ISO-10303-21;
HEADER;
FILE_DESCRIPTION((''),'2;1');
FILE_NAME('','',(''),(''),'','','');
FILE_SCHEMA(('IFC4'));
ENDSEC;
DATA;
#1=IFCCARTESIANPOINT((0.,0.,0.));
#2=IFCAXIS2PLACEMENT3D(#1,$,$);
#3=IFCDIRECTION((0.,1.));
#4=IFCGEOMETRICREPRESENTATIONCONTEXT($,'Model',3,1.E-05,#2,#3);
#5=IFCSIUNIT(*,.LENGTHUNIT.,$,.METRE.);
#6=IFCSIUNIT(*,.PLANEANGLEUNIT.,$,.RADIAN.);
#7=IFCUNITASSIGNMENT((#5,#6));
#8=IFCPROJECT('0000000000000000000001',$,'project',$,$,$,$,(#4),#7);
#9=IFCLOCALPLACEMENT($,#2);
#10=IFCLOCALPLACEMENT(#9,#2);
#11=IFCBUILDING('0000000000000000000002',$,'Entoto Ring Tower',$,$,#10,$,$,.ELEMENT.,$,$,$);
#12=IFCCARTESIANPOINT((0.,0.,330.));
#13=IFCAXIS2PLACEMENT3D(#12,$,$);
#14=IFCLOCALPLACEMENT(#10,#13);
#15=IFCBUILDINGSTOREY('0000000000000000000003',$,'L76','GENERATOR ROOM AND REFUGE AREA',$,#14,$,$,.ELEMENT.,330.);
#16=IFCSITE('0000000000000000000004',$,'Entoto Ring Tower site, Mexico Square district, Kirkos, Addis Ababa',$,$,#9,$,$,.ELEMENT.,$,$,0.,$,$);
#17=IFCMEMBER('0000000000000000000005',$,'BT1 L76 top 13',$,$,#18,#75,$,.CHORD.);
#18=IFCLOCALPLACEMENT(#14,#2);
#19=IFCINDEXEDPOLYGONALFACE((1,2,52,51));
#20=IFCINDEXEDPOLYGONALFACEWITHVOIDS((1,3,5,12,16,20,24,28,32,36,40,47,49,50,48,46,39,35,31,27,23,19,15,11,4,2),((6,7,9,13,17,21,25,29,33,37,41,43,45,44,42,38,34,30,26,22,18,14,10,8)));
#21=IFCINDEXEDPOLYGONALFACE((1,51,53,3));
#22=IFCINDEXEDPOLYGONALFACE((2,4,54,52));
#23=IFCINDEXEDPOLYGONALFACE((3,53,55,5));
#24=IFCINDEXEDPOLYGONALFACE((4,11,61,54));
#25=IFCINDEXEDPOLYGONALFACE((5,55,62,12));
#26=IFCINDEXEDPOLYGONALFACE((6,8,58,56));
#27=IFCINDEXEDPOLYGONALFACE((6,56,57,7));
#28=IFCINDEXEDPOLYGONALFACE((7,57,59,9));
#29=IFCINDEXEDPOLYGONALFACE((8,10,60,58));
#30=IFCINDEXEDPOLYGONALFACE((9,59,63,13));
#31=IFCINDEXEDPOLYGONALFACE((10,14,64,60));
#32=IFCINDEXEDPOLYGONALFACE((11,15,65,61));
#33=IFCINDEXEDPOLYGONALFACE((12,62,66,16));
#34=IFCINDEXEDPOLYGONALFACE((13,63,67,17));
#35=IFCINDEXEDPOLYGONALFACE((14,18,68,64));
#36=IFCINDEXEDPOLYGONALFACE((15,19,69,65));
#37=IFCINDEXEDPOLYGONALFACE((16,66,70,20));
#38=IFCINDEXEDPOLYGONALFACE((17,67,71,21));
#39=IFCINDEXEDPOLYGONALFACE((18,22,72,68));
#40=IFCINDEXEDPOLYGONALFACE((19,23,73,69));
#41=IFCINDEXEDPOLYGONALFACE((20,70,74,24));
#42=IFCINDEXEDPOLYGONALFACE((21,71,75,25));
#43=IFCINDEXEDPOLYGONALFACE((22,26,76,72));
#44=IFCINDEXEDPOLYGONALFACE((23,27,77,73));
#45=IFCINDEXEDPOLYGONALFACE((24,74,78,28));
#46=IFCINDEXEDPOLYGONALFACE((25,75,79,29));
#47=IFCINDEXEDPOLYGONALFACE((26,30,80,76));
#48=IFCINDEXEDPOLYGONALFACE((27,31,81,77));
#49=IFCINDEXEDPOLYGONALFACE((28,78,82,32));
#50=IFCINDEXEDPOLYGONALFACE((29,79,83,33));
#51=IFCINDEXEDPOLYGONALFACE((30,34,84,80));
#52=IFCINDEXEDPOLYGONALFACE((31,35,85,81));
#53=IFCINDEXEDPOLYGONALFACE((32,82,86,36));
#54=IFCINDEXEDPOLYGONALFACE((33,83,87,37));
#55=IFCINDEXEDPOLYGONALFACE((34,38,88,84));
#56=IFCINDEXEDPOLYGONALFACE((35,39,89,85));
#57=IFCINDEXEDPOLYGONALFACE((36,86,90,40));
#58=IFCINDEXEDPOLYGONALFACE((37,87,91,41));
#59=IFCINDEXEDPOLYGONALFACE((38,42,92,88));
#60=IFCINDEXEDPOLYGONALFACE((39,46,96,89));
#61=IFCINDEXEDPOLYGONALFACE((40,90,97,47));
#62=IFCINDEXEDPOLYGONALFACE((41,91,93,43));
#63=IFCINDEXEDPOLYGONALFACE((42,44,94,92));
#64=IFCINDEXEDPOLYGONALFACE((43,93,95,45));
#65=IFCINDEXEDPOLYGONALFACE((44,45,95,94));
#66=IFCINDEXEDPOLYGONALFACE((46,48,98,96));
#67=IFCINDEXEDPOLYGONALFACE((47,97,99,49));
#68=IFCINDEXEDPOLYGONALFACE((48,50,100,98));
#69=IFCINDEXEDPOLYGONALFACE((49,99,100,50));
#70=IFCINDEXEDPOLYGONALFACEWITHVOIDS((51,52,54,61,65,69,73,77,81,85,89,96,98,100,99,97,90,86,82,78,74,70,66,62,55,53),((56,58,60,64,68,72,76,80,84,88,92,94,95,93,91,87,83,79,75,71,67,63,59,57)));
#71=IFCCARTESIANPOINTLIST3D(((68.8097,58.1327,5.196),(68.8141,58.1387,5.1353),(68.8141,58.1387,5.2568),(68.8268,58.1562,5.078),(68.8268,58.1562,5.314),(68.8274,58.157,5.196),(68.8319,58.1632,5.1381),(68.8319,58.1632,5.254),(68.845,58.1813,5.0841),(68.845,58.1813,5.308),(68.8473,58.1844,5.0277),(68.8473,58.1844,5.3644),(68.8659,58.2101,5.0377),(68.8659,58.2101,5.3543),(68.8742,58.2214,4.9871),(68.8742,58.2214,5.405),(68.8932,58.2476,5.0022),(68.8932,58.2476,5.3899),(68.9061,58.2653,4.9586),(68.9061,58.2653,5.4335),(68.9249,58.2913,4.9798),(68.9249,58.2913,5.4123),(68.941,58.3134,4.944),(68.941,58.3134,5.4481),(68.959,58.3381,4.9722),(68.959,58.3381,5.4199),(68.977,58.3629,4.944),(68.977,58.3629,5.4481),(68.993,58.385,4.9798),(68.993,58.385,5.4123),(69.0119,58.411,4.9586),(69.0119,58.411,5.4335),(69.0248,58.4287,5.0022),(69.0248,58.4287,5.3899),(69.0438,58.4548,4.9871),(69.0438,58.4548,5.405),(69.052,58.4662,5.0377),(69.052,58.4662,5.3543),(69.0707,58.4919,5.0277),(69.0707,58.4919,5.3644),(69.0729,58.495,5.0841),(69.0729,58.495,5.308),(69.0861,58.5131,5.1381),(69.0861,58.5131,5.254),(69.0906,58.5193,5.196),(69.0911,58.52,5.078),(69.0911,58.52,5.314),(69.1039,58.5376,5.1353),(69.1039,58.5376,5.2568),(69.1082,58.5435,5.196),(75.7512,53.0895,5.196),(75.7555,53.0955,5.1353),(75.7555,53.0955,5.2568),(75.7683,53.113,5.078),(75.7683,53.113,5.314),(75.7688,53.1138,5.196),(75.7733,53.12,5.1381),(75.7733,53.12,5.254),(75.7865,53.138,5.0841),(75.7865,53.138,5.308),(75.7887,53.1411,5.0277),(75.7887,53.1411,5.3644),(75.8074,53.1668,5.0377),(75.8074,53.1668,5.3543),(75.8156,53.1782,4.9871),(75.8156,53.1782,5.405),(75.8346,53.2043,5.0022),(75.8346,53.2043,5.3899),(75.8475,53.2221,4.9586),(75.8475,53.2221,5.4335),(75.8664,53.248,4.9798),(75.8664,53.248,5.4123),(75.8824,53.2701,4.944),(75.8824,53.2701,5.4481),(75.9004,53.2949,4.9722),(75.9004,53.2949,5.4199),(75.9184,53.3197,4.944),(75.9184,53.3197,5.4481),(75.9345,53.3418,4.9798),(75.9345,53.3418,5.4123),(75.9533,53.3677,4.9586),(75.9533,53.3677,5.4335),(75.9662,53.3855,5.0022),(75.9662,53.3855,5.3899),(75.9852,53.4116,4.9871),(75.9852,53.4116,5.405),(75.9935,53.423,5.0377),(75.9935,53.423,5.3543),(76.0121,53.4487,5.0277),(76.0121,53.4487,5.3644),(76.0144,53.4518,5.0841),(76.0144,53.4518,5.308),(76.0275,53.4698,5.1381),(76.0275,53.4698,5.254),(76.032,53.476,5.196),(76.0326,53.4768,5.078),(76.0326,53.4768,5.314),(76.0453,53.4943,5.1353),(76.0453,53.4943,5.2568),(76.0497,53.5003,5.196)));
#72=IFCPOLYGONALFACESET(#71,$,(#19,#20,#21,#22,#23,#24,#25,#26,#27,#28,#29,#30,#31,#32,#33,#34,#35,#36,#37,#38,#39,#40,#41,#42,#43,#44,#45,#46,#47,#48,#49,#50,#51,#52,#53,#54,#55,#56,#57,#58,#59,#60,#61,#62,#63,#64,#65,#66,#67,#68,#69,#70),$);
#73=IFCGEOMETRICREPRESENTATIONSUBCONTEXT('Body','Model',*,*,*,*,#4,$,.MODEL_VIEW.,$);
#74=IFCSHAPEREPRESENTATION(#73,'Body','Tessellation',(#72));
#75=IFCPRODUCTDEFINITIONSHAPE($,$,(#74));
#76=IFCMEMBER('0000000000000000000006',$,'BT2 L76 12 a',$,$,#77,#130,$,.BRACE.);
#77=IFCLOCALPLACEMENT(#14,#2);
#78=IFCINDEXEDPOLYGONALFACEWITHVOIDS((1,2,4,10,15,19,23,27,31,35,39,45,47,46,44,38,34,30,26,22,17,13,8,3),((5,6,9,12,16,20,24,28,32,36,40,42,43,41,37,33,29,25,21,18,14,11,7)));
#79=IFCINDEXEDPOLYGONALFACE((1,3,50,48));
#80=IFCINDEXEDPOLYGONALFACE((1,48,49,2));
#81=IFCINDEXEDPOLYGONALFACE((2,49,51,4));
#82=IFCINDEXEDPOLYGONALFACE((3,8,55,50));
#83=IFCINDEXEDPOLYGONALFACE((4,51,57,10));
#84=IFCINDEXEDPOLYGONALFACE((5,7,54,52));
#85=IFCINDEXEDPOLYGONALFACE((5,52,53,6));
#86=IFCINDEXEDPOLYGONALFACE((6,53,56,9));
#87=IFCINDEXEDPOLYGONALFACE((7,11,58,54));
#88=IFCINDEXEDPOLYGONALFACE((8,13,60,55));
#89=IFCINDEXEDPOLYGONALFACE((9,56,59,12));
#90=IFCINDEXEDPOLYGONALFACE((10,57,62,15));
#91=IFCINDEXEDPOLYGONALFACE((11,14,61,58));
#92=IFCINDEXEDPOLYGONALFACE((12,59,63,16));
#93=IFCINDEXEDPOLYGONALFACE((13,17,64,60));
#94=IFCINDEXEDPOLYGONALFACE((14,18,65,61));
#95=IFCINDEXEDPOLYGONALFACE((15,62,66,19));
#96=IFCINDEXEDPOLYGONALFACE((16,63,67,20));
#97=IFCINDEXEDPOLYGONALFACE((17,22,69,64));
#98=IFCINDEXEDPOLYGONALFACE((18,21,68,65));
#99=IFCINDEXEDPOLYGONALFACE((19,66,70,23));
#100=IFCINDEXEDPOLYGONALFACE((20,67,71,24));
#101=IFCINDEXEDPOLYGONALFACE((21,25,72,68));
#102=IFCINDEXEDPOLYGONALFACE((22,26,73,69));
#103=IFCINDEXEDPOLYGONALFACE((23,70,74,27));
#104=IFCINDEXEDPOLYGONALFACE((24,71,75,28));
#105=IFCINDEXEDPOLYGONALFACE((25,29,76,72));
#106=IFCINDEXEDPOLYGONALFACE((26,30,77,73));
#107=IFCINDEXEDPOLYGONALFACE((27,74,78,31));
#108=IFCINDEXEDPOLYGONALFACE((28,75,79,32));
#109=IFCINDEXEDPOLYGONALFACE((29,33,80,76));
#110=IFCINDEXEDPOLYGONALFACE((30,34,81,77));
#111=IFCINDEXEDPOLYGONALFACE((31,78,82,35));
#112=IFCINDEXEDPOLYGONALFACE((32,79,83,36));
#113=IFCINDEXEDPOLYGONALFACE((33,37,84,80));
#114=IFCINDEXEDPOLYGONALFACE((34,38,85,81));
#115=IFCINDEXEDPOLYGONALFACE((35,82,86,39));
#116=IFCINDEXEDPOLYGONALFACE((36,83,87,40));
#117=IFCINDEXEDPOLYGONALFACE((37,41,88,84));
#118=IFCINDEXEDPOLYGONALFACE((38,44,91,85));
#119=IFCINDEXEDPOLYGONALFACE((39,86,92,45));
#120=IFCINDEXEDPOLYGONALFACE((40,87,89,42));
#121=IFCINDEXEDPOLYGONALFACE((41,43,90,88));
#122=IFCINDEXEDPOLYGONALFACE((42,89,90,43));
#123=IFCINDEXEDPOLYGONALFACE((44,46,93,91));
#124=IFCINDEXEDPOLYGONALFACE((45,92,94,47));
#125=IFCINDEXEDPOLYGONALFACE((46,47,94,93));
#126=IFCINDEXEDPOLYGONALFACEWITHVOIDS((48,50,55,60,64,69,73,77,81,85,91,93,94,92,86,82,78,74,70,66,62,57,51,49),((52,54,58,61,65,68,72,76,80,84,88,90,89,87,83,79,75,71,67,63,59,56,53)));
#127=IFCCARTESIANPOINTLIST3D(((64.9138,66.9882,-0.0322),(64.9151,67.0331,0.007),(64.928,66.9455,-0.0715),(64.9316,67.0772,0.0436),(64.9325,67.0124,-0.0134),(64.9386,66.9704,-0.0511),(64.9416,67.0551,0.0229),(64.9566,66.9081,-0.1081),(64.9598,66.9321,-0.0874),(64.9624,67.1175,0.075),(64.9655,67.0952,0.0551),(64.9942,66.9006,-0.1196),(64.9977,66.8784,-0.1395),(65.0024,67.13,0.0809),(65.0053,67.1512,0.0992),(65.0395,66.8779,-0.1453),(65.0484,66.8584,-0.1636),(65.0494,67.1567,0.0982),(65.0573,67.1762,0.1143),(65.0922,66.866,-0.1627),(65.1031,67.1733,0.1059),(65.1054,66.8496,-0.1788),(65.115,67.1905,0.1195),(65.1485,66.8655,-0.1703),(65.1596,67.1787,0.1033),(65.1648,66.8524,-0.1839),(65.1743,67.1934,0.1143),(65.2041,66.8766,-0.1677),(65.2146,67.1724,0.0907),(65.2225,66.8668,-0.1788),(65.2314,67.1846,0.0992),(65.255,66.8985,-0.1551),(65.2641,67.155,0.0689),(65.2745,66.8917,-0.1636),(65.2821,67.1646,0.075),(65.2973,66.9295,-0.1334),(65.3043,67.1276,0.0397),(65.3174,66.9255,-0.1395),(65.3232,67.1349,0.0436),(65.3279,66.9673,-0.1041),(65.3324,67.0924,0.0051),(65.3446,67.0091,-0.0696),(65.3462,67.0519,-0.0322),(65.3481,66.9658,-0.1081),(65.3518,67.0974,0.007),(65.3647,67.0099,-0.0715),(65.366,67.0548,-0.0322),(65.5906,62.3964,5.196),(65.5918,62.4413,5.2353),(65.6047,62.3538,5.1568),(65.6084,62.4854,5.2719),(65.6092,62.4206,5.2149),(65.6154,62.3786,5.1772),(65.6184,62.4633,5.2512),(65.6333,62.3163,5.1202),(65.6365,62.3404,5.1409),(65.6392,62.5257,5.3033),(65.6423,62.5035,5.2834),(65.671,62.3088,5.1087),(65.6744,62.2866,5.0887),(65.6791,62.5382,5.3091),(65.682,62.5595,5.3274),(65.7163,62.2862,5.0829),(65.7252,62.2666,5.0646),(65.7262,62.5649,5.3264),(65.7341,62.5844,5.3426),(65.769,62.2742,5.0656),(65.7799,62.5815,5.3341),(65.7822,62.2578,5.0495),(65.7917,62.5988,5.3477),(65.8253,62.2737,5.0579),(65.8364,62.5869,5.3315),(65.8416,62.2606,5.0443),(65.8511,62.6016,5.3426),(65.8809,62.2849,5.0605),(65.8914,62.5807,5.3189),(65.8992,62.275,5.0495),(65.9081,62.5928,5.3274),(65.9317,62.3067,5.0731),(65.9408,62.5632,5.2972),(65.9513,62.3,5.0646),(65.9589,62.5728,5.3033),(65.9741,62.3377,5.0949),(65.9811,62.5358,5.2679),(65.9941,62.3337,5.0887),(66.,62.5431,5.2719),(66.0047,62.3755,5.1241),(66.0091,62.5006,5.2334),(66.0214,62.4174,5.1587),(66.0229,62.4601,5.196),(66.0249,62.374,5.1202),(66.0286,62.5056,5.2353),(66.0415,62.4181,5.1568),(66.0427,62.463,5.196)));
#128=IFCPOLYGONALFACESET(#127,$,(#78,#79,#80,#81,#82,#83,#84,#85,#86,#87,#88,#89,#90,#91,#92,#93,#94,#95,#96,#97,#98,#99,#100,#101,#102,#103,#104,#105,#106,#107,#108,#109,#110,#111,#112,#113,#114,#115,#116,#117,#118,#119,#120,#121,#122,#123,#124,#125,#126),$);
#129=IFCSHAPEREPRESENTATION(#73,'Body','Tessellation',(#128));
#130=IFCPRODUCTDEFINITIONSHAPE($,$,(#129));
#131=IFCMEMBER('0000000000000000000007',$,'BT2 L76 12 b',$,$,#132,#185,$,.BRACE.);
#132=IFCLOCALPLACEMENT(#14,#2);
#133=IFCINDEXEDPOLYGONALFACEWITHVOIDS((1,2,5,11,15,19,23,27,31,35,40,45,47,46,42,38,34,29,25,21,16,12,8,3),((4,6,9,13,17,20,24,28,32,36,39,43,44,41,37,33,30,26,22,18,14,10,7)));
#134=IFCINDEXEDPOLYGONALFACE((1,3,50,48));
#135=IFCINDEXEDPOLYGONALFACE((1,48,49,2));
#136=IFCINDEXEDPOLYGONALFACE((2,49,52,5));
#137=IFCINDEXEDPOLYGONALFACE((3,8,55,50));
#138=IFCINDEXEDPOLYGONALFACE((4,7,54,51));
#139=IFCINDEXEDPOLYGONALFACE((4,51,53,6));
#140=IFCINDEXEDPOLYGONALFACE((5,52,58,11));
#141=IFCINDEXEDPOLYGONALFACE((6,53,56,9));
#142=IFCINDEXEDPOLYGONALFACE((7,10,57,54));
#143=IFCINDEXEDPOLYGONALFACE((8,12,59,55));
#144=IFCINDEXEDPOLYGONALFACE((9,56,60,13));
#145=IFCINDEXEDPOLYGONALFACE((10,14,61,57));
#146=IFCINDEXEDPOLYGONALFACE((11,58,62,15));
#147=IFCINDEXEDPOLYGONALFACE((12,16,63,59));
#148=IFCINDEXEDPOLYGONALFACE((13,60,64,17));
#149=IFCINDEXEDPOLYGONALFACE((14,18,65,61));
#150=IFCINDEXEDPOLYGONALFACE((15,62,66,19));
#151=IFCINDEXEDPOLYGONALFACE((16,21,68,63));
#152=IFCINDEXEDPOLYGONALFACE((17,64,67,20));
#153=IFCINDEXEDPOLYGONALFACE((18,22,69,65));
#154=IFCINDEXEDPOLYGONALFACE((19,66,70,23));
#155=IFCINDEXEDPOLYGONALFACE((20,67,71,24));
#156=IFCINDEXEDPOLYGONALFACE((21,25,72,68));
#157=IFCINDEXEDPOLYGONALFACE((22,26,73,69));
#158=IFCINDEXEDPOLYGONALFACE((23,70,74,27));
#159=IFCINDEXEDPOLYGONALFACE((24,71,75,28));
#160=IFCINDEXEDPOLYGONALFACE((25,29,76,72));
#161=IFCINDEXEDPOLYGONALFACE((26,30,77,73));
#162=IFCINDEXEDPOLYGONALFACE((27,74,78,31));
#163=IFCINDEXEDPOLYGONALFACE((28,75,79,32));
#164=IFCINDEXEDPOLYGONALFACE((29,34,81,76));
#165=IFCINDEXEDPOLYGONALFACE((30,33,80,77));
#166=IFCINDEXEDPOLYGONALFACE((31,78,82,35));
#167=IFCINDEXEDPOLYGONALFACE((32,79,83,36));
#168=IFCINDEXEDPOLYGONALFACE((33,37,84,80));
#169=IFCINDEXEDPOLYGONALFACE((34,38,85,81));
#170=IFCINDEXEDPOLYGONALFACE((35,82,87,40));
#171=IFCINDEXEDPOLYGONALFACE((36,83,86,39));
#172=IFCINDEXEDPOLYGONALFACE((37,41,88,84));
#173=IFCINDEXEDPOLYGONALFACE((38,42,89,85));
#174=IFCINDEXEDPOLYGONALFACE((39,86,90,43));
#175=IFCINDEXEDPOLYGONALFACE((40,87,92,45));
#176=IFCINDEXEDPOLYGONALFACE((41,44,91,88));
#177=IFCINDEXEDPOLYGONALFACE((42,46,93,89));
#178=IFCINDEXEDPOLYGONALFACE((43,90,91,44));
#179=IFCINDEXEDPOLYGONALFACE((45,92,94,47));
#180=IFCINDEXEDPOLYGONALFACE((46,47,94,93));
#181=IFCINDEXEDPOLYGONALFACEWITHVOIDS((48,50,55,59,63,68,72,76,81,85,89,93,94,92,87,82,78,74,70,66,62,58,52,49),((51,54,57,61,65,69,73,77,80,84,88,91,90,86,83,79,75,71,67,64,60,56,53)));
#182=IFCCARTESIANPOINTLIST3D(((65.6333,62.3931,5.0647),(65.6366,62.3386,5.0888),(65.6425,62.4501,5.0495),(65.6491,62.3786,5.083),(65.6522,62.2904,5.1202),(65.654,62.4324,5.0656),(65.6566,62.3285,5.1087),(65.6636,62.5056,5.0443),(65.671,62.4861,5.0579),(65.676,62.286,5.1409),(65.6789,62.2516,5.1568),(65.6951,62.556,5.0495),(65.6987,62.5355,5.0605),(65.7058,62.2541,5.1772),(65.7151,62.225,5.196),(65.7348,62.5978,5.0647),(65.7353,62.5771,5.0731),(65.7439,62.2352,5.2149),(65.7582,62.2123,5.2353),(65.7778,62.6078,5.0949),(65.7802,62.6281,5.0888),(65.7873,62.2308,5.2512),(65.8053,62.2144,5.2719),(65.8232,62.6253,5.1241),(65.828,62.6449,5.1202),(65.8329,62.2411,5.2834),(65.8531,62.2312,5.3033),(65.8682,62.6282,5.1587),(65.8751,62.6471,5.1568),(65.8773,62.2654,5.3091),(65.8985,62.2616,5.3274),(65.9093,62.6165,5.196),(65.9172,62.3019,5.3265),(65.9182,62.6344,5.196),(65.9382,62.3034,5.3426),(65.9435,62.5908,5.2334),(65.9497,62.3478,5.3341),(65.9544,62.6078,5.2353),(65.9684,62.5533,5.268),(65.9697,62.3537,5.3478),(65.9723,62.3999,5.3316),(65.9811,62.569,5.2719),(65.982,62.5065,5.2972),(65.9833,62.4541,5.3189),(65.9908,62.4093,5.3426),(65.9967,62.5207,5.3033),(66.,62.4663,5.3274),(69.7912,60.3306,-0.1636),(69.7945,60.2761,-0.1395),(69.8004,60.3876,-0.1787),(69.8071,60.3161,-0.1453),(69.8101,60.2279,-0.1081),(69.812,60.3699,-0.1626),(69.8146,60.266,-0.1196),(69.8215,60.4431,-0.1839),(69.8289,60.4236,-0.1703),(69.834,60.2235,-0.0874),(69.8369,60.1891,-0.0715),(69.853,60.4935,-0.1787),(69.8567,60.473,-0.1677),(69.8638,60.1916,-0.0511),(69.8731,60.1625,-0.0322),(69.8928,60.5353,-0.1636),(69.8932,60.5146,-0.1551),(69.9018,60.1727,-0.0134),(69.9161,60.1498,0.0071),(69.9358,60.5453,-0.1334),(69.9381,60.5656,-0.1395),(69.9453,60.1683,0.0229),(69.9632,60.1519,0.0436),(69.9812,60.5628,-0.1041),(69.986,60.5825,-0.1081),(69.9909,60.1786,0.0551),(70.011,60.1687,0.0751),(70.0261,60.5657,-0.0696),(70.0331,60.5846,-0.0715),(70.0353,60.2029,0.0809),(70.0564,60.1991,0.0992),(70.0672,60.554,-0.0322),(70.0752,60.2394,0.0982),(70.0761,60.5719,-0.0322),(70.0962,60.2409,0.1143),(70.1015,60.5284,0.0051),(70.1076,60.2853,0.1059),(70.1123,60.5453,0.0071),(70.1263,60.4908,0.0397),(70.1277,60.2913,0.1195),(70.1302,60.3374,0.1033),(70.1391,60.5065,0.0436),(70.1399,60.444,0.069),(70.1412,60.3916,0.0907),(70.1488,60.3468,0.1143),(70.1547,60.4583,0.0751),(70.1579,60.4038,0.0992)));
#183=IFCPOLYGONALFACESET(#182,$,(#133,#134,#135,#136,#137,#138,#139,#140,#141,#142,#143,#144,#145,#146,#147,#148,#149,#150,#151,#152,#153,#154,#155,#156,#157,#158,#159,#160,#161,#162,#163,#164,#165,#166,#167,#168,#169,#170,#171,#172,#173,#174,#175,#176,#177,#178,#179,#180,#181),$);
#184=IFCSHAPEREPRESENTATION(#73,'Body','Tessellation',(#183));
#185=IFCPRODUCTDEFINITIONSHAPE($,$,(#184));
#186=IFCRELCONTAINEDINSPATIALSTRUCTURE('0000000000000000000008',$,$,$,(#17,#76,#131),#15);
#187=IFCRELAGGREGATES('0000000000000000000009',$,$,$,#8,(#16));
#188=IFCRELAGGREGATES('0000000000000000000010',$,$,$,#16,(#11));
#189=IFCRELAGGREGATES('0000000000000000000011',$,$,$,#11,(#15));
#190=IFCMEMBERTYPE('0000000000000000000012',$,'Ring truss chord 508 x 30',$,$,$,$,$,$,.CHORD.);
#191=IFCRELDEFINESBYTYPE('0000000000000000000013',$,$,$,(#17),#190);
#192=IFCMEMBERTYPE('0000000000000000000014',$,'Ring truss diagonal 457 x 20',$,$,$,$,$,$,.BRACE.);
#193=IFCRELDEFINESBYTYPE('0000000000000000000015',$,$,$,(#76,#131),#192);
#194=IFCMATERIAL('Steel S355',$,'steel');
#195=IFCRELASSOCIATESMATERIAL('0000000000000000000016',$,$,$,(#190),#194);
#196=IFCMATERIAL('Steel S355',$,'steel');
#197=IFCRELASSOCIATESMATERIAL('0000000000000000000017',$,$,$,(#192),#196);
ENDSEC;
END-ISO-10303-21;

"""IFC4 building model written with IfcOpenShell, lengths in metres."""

from ifc_helpers import new_model, si_unit, direction, frame, origin, origin_2d, place, context, subcontext, project, spatial, circle, hollow_circle, extrude, material, material_profile, profile_set, type_object, element, save


model = new_model("IFC4")

# Units and contexts
model_context = context("Model", 3, precision=1e-05, world=origin(), true_north=direction((0.0, 1.0)))
body_context = subcontext(model_context, "Body", "Model", "MODEL_VIEW")
ifc_project = project(units=[si_unit("LENGTHUNIT", "METRE"), si_unit("PLANEANGLEUNIT", "RADIAN")], contexts=[model_context])

# Site, building, storey
site_placement = place(None, origin())
site = spatial("IfcSite", under=ifc_project, at=site_placement, Name="Entoto Ring Tower site, Mexico Square district, Kirkos, Addis Ababa", CompositionType="ELEMENT", RefElevation=0.0)
building_placement = place(site_placement, origin())
building = spatial("IfcBuilding", under=site, at=building_placement, Name="Entoto Ring Tower", CompositionType="ELEMENT")
storey_placement = place(building_placement, frame((0.0, 0.0, 330.0)))
storey = spatial("IfcBuildingStorey", under=building, at=storey_placement, Name="L76", Description="GENERATOR ROOM AND REFUGE AREA", CompositionType="ELEMENT", Elevation=330.0)

# Members
ifc_material_1 = material(Name="Steel S355", Category="steel")
ifc_material_profile_1 = material_profile(ifc_material_1, hollow_circle(Radius=0.2539, WallThickness=0.03, at=origin_2d()), Name="CHS 508 x 30")
ifc_material_2 = material(Name="Concrete C60/75", Category="concrete")
ifc_material_profile_2 = material_profile(ifc_material_2, circle(Radius=0.2241, at=origin_2d()), Name="Concrete C60/75 infill")
ifc_profile_set_1 = profile_set([ifc_material_profile_1, ifc_material_profile_2], Name="Steel S355")
member_type_1 = type_object("IfcMemberType", Name="Ring truss chord 508 x 30", PredefinedType="CHORD", material=ifc_profile_set_1)
member_1_placement = place(storey_placement, frame((68.959, 58.3381, 5.196), z_axis=(0.809018, -0.587784, 0.0), x_axis=(0.587784, 0.809018, 0.0)))
element("IfcMember", 1, at=member_1_placement, inside=storey, type_object=member_type_1, Name="BT1 L76 top 13", PredefinedType="CHORD", context=body_context, shape_type="SweptSolid", body=[
    extrude(hollow_circle(Radius=0.2539, WallThickness=0.03, at=origin_2d()), origin(), (0.0, 0.0, 1.0), 8.5801),
])
ifc_material_3 = material(Name="Steel S355", Category="steel")
ifc_material_profile_3 = material_profile(ifc_material_3, hollow_circle(Radius=0.2285, WallThickness=0.02, at=origin_2d()), Name="CHS 457 x 20")
ifc_material_4 = material(Name="Concrete C60/75", Category="concrete")
ifc_material_profile_4 = material_profile(ifc_material_4, circle(Radius=0.2085, at=origin_2d()), Name="Concrete C60/75 infill")
ifc_profile_set_2 = profile_set([ifc_material_profile_3, ifc_material_profile_4], Name="Steel S355")
member_type_2 = type_object("IfcMemberType", Name="Ring truss diagonal 457 x 20", PredefinedType="BRACE", material=ifc_profile_set_2)
for number, where, z_axis, x_axis, name in (
    (2, (65.1399, 67.0215, -0.0322), (0.096801, -0.656793, 0.747832), (0.989313, 0.145809, 0.0), "BT2 L76 12 a"),
    (3, (65.8167, 62.4297, 5.196), (0.594739, -0.295012, -0.747832), (0.444371, 0.895843, 0.0), "BT2 L76 12 b"),
):
    element("IfcMember", number, at=place(storey_placement, frame(where, z_axis=z_axis, x_axis=x_axis)), inside=storey, type_object=member_type_2, Name=name, PredefinedType="BRACE", context=body_context, shape_type="SweptSolid", body=[
        extrude(hollow_circle(Radius=0.2285, WallThickness=0.02, at=origin_2d()), origin(), (0.0, 0.0, 1.0), 6.9912),
    ])

save(model, "model.ifc")
